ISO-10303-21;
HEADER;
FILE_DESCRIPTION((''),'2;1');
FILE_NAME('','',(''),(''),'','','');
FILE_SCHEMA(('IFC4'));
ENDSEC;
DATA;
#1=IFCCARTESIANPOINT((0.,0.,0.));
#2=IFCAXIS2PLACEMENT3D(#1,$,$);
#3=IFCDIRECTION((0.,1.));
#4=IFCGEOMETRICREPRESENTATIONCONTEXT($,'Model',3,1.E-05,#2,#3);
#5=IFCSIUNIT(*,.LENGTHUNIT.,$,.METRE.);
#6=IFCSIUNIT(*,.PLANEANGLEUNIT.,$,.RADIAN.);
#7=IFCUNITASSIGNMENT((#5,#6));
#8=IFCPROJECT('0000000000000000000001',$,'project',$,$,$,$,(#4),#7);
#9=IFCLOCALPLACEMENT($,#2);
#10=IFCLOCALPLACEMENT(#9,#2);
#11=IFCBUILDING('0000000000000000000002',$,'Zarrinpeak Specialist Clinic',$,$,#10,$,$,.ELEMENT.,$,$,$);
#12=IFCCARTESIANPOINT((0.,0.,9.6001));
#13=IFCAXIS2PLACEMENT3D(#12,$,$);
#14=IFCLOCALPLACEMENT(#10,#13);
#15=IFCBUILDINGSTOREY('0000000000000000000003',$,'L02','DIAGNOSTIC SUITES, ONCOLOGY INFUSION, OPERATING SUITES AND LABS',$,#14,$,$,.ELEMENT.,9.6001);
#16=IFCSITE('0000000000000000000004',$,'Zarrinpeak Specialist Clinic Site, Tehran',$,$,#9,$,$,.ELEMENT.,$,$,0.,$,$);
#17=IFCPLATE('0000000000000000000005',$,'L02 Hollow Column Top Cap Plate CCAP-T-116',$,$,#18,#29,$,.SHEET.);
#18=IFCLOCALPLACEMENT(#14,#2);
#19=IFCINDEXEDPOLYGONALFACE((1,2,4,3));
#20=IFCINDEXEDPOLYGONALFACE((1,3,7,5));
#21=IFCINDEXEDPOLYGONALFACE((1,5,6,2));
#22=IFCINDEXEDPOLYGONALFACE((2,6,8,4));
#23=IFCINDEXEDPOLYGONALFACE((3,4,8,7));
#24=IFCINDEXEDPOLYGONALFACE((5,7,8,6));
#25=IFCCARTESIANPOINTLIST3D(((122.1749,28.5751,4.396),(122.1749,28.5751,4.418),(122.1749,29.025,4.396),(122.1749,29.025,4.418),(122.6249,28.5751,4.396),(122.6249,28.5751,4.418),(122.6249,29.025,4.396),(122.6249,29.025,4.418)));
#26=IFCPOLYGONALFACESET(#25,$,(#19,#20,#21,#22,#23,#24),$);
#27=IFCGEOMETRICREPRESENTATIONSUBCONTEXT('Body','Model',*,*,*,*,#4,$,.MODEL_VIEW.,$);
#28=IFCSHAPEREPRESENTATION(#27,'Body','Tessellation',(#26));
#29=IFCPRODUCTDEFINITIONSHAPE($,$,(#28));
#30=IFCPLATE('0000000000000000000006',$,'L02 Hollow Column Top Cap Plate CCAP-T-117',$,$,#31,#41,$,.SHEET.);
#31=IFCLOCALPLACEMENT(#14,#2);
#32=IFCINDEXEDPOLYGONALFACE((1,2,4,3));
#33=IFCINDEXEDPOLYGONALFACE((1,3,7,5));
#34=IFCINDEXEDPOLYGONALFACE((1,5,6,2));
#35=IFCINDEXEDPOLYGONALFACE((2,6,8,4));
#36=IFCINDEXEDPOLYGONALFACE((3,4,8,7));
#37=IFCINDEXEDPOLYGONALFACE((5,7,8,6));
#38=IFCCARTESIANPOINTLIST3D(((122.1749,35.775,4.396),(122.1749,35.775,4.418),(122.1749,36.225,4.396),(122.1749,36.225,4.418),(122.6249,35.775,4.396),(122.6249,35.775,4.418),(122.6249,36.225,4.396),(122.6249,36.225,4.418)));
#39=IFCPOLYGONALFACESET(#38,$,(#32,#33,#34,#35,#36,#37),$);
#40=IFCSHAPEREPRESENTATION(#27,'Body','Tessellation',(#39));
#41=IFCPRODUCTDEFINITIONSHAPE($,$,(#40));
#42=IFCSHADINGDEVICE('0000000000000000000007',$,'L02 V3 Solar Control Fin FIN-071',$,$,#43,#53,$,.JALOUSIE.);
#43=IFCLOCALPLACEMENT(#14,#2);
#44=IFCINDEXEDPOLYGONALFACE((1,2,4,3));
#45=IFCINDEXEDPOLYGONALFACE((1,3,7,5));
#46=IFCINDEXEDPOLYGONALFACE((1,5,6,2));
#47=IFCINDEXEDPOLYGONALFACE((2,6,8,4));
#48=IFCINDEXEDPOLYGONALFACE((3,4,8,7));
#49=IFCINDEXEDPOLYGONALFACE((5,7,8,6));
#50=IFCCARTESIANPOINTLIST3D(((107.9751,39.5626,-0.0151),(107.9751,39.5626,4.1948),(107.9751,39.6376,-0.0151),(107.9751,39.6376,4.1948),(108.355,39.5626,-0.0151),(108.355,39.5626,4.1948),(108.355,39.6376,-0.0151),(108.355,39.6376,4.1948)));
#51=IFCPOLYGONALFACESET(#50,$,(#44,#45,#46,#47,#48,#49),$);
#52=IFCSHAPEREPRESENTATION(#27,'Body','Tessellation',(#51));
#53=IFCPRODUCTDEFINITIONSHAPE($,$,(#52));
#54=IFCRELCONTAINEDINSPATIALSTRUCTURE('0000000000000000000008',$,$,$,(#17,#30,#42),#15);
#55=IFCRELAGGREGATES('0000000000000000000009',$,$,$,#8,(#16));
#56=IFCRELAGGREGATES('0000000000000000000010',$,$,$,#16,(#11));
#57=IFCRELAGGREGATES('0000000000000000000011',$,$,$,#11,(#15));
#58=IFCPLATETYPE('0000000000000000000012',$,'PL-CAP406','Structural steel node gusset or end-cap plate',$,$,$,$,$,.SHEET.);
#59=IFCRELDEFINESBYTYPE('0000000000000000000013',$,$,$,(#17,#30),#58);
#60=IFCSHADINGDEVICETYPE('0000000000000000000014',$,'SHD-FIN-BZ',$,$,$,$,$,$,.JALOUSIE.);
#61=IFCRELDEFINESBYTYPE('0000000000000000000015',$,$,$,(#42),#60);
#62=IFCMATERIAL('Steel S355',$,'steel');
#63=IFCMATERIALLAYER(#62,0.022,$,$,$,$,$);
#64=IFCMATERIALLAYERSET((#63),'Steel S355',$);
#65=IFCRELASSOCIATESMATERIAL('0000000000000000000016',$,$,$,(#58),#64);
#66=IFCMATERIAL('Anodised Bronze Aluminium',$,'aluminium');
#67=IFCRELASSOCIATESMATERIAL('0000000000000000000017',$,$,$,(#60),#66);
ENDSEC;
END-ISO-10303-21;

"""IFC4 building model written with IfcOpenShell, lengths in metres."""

from ifc_helpers import new_model, si_unit, direction, frame, origin, origin_2d, place, context, subcontext, project, spatial, rectangle, extrude, material, layer, layer_set, type_object, element, save


model = new_model("IFC4")

# Units and contexts
model_context = context("Model", 3, precision=1e-05, world=origin(), true_north=direction((0.0, 1.0)))
body_context = subcontext(model_context, "Body", "Model", "MODEL_VIEW")
ifc_project = project(units=[si_unit("LENGTHUNIT", "METRE"), si_unit("PLANEANGLEUNIT", "RADIAN")], contexts=[model_context])

# Site, building, storey
site_placement = place(None, origin())
site = spatial("IfcSite", under=ifc_project, at=site_placement, Name="Zarrinpeak Specialist Clinic Site, Tehran", CompositionType="ELEMENT", RefElevation=0.0)
building_placement = place(site_placement, origin())
building = spatial("IfcBuilding", under=site, at=building_placement, Name="Zarrinpeak Specialist Clinic", CompositionType="ELEMENT")
storey_placement = place(building_placement, frame((0.0, 0.0, 9.6001)))
storey = spatial("IfcBuildingStorey", under=building, at=storey_placement, Name="L02", Description="DIAGNOSTIC SUITES, ONCOLOGY INFUSION, OPERATING SUITES AND LABS", CompositionType="ELEMENT", Elevation=9.6001)

# Shared definitions
ifc_material_1 = material(Name="Steel S355", Category="steel")

# Plates
ifc_layer_1 = layer(ifc_material_1, 0.022)
ifc_layer_set_1 = layer_set([ifc_layer_1], Name="Steel S355")
plate_type_1 = type_object("IfcPlateType", Name="PL-CAP406", Description="Structural steel node gusset or end-cap plate", PredefinedType="SHEET", material=ifc_layer_set_1)
for number, where, z_axis, x_axis, name in (
    (1, (122.3999, 28.8, 4.396), (0.0, 0.0, 1.0), (1.0, 0.0, 0.0), "L02 Hollow Column Top Cap Plate CCAP-T-116"),
    (2, (122.3999, 36.0, 4.396), (0.0, 0.0, 1.0), (1.0, 0.0, 0.0), "L02 Hollow Column Top Cap Plate CCAP-T-117"),
):
    element("IfcPlate", number, at=place(storey_placement, frame(where, z_axis=z_axis, x_axis=x_axis)), inside=storey, type_object=plate_type_1, Name=name, PredefinedType="SHEET", context=body_context, shape_type="SweptSolid", body=[
        extrude(rectangle(XDim=0.45, YDim=0.45, at=origin_2d()), origin(), (0.0, 0.0, 1.0), 0.022),
    ])

# Shading device
ifc_material_2 = material(Name="Anodised Bronze Aluminium", Category="aluminium")
shading_device_type = type_object("IfcShadingDeviceType", Name="SHD-FIN-BZ", PredefinedType="JALOUSIE", material=ifc_material_2)
shading_device_placement = place(storey_placement, frame((108.165, 39.6001, -0.0151), z_axis=(0.0, 0.0, 1.0), x_axis=(1.0, 0.0, 0.0)))
element("IfcShadingDevice", 3, at=shading_device_placement, inside=storey, type_object=shading_device_type, Name="L02 V3 Solar Control Fin FIN-071", PredefinedType="JALOUSIE", context=body_context, shape_type="SweptSolid", body=[
    extrude(rectangle(XDim=0.3799, YDim=0.075, at=origin_2d()), origin(), (0.0, 0.0, 1.0), 4.21),
])

save(model, "model.ifc")
